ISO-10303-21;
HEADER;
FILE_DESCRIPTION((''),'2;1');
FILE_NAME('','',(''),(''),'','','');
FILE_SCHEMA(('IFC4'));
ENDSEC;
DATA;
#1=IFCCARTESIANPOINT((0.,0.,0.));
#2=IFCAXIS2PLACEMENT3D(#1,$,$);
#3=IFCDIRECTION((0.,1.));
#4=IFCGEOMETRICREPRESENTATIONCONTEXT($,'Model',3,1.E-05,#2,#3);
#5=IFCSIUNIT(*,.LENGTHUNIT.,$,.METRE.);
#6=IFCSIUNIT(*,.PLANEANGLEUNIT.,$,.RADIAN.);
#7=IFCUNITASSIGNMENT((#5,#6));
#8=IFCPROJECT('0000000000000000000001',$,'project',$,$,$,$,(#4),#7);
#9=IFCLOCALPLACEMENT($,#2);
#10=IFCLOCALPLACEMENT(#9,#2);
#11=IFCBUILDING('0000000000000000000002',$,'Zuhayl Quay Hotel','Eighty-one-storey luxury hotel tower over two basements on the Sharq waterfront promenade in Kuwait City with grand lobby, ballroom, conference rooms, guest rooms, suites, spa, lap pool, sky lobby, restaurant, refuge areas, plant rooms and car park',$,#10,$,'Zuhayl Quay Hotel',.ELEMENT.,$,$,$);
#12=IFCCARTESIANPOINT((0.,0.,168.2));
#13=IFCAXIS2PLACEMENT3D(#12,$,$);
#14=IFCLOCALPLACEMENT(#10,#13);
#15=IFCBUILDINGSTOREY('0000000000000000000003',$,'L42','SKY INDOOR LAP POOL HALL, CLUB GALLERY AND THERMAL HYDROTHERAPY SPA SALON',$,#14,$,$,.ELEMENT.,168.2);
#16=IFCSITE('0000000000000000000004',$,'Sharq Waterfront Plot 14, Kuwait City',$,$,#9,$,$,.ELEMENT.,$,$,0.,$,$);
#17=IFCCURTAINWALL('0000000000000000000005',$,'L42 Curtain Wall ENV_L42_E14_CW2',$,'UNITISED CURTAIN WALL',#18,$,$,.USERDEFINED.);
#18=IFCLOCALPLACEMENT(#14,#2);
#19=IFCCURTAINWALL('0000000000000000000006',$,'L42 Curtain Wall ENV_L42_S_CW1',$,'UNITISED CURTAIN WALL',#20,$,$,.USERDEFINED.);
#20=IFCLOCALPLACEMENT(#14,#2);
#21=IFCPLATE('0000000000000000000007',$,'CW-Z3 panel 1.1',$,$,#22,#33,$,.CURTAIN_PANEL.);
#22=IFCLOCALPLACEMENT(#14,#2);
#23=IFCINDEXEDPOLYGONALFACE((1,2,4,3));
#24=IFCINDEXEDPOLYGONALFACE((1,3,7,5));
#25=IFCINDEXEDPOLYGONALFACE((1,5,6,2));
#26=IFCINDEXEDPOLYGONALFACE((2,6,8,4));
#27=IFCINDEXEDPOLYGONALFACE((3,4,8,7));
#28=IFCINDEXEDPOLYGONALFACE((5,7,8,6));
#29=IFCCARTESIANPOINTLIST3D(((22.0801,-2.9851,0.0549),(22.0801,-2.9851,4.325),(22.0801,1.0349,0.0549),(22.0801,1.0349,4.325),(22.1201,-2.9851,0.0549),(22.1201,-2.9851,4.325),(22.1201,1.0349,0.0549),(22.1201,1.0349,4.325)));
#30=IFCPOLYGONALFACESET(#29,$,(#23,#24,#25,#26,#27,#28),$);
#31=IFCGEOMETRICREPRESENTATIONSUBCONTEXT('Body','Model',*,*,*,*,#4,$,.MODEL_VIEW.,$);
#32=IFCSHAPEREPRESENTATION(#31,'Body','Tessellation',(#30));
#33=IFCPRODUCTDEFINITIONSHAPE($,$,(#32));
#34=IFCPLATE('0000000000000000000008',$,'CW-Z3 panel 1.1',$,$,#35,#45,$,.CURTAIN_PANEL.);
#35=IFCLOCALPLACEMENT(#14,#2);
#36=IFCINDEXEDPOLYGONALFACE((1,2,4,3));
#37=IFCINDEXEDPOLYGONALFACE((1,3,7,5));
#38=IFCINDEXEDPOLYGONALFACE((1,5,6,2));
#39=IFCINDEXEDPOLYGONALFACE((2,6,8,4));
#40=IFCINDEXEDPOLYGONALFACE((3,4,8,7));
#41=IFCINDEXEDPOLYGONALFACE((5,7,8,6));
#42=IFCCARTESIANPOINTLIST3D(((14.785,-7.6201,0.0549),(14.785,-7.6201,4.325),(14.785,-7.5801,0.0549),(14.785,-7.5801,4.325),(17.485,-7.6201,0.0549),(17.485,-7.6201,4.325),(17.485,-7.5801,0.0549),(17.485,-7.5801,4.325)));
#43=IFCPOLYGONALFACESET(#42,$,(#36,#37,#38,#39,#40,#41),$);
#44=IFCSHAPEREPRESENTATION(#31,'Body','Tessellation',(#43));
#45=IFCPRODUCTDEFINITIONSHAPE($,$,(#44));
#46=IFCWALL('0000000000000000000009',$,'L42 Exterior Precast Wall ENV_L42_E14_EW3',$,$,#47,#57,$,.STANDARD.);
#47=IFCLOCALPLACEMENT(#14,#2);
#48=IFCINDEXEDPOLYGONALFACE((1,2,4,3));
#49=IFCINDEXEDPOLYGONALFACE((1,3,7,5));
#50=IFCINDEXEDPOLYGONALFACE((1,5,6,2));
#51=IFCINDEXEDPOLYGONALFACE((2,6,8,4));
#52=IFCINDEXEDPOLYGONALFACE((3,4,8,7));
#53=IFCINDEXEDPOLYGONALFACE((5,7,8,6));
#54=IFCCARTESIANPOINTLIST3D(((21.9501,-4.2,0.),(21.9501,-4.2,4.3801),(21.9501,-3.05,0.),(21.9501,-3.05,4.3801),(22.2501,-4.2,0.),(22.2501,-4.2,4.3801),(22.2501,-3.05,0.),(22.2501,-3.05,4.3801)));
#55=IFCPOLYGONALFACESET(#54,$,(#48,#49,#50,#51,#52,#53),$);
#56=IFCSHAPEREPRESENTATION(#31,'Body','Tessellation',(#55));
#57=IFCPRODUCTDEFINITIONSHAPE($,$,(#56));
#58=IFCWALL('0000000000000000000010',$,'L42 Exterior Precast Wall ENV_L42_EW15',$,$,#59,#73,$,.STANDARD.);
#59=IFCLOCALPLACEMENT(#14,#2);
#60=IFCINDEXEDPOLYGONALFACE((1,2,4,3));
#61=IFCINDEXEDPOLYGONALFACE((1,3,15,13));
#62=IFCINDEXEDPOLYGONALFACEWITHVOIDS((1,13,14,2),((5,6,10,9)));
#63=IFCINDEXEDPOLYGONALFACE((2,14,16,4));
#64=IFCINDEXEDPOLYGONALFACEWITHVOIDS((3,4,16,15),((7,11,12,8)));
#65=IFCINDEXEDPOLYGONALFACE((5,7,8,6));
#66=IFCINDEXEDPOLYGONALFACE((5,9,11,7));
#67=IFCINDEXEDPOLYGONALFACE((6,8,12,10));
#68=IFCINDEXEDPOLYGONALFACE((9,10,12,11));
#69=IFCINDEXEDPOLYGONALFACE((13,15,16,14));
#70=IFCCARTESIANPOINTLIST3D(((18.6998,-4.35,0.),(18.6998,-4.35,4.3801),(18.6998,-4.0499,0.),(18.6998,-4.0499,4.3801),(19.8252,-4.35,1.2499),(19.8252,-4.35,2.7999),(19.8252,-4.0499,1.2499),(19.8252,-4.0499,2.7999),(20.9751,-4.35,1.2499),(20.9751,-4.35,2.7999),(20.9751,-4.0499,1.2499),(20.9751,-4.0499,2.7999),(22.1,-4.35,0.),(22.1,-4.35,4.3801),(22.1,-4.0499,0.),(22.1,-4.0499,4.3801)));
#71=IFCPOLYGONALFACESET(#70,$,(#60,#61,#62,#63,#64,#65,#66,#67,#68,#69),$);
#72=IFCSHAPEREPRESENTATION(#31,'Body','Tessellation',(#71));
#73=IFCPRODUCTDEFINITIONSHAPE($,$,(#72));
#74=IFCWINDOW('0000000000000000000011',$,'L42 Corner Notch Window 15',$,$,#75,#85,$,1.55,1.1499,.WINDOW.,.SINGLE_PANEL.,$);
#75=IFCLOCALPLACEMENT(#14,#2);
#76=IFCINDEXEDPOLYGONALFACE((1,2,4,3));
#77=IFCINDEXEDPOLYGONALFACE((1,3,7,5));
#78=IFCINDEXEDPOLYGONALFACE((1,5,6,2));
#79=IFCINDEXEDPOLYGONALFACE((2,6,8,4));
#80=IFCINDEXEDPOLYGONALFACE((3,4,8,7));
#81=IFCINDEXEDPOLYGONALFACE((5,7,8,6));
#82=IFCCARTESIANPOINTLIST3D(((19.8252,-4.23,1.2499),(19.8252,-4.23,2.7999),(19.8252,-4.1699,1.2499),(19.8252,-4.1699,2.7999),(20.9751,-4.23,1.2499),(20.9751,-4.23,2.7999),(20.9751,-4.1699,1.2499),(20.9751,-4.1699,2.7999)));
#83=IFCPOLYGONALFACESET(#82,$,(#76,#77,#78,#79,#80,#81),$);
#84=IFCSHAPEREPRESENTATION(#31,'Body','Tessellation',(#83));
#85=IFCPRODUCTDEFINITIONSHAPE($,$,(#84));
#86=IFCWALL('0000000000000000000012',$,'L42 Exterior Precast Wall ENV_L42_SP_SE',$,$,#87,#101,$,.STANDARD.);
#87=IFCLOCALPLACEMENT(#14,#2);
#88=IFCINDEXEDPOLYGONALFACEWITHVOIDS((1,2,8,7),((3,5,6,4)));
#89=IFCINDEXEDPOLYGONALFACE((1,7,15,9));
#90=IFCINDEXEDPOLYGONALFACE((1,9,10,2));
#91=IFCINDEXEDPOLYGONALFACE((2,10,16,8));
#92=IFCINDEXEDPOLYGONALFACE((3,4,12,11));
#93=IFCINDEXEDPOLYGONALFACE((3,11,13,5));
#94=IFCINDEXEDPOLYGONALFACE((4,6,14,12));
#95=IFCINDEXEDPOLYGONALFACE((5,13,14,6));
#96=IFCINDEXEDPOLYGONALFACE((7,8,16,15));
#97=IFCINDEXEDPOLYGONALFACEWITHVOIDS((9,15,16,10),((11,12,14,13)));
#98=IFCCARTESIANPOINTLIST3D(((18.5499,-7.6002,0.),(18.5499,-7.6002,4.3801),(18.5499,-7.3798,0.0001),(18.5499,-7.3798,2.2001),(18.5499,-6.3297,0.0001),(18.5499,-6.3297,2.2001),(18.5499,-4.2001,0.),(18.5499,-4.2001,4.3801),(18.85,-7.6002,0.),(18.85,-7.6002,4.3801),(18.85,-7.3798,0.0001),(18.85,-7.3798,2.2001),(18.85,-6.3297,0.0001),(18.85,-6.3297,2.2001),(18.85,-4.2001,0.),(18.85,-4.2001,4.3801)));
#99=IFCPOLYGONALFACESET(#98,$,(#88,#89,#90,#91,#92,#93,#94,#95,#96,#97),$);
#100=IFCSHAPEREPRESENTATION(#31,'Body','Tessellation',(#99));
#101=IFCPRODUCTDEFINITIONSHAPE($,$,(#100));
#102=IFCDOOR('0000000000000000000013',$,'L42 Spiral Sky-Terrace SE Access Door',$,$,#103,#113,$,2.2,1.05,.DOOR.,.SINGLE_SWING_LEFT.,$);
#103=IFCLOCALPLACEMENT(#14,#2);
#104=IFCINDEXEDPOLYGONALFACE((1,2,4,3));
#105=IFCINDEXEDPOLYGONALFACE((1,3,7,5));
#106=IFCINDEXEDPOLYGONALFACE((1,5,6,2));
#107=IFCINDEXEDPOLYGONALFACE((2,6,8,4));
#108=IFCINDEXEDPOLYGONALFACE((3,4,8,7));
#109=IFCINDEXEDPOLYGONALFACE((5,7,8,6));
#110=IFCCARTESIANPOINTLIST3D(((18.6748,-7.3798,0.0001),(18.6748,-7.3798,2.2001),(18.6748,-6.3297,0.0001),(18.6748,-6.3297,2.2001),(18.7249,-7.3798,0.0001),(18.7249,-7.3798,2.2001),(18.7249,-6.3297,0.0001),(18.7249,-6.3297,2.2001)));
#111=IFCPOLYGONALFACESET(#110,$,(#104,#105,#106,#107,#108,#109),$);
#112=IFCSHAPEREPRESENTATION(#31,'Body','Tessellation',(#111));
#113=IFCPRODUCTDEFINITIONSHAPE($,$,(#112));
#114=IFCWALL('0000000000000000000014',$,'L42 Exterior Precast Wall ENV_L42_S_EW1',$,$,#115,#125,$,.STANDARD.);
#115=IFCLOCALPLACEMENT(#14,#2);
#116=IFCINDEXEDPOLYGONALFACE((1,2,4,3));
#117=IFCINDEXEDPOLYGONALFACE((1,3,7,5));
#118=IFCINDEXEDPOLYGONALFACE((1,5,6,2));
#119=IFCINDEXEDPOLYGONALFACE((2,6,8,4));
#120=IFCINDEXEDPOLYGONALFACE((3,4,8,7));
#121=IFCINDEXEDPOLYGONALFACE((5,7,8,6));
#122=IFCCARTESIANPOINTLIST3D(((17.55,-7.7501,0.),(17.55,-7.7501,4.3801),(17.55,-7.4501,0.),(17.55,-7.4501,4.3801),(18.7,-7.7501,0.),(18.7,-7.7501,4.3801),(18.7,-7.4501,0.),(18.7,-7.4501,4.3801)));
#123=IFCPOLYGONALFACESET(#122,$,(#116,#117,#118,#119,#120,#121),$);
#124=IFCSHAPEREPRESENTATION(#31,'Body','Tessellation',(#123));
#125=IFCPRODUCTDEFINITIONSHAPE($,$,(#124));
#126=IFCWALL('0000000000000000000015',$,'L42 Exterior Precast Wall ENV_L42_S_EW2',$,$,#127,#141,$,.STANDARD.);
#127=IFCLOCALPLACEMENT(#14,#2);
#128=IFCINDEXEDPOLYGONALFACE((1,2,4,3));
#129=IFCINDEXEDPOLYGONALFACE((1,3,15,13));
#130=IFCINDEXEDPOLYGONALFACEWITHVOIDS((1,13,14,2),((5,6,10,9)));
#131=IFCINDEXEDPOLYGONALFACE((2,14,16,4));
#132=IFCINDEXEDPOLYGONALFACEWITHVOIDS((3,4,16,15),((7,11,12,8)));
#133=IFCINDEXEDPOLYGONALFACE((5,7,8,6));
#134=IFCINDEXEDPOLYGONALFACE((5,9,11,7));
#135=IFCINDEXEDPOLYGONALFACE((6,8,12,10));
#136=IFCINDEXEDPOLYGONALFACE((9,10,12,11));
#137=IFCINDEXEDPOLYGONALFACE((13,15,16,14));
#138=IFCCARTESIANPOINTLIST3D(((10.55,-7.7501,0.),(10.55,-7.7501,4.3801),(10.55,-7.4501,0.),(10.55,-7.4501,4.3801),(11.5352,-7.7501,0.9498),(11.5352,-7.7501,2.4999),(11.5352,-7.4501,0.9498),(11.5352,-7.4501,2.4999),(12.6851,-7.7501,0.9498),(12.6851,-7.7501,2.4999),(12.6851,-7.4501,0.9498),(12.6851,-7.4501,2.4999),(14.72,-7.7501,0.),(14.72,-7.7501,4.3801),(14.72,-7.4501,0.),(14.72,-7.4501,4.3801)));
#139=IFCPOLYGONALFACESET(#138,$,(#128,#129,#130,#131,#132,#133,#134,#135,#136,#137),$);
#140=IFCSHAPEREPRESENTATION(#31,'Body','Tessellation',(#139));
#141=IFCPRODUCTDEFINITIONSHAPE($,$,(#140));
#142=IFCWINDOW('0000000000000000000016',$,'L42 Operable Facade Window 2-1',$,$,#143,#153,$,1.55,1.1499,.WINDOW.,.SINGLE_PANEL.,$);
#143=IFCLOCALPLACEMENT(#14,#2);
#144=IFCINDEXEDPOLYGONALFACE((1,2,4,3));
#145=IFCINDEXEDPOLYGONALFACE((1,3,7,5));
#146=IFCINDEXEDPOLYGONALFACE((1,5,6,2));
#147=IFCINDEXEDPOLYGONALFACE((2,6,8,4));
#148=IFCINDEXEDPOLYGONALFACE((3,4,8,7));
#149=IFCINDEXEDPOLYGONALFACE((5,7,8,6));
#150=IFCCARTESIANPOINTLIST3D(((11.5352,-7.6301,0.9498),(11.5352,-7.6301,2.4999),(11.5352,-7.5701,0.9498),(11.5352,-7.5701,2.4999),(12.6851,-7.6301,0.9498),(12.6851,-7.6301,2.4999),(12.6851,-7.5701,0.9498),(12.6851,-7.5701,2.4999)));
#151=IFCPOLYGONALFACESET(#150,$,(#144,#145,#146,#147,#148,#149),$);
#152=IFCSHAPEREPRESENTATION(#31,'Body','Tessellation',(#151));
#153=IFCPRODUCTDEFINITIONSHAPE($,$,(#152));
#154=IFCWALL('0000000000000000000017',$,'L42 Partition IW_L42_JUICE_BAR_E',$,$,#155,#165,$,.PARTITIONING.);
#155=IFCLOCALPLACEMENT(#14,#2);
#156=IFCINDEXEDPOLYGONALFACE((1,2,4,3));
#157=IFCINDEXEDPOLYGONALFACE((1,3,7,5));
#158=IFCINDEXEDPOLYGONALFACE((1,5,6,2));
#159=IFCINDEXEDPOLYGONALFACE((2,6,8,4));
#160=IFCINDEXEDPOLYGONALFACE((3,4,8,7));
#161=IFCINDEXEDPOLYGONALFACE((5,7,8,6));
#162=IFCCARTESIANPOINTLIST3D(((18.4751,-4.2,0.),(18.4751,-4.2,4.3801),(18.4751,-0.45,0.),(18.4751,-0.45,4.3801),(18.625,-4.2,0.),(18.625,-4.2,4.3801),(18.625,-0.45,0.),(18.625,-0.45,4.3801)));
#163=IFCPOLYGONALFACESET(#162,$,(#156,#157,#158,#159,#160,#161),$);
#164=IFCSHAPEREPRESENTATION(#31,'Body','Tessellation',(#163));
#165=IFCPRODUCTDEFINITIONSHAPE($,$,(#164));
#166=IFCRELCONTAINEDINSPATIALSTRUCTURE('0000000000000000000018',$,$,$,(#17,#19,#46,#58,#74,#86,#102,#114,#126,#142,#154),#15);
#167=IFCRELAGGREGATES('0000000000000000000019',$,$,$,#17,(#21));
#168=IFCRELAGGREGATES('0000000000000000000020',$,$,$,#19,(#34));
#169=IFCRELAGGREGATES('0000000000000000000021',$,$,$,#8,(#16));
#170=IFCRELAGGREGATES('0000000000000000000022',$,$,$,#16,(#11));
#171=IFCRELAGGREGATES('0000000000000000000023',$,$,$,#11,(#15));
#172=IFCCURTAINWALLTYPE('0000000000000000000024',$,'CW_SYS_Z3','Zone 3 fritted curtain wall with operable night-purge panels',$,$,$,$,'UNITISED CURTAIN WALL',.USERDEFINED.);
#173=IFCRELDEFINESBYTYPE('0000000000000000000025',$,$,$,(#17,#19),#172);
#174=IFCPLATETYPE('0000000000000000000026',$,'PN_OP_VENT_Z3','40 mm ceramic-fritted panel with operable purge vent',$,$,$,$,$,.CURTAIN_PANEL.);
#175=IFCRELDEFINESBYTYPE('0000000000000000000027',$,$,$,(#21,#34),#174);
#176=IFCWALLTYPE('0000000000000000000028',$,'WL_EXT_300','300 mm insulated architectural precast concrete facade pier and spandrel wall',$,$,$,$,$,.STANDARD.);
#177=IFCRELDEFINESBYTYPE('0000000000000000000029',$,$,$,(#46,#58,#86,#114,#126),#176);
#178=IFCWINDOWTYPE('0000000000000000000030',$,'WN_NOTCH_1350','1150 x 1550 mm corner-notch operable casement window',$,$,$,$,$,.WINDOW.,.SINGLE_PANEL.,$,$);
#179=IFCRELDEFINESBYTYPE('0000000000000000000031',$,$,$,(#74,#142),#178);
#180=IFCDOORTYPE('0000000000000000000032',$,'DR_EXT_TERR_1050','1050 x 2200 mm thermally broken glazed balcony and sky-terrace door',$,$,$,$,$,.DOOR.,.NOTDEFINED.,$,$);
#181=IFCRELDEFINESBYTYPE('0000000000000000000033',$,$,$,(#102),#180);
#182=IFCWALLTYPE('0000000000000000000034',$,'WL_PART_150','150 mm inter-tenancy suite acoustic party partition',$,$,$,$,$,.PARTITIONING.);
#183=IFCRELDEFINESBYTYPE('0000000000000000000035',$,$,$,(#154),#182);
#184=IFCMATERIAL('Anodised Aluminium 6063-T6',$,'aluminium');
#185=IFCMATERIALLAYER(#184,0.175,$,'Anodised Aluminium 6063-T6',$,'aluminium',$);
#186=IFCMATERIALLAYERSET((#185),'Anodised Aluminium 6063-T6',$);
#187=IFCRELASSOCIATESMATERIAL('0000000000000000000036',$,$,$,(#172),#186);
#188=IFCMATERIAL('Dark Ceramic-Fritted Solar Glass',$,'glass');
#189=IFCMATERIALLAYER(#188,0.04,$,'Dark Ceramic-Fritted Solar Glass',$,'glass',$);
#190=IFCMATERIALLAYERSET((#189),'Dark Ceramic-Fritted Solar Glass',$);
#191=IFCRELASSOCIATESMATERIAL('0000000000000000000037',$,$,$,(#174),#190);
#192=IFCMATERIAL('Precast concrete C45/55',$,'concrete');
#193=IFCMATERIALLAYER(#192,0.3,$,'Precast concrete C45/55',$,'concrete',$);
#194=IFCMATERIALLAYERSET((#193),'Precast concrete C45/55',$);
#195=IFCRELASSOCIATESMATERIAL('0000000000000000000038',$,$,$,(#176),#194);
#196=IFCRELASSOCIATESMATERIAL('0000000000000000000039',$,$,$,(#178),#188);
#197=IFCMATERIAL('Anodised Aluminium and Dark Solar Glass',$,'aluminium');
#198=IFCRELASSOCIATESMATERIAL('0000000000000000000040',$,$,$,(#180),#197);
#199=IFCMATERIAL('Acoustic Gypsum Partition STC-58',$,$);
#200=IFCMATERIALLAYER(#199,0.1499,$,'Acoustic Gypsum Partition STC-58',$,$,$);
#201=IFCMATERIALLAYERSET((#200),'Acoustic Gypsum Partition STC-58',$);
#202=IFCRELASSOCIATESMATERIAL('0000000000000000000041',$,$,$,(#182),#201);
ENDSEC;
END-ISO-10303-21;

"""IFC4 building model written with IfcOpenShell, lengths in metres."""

from ifc_helpers import new_model, si_unit, direction, frame, frame_2d, origin, origin_2d, place, context, subcontext, project, spatial, rectangle, extrude, material, layer, layer_set, type_object, element, fill, aggregate, save


model = new_model("IFC4")

# Units and contexts
model_context = context("Model", 3, precision=1e-05, world=origin(), true_north=direction((0.0, 1.0)))
body_context = subcontext(model_context, "Body", "Model", "MODEL_VIEW")
ifc_project = project(units=[si_unit("LENGTHUNIT", "METRE"), si_unit("PLANEANGLEUNIT", "RADIAN")], contexts=[model_context])

# Site, building, storey
site_placement = place(None, origin())
site = spatial("IfcSite", under=ifc_project, at=site_placement, Name="Sharq Waterfront Plot 14, Kuwait City", CompositionType="ELEMENT", RefElevation=0.0)
building_placement = place(site_placement, origin())
building = spatial("IfcBuilding", under=site, at=building_placement, Name="Zuhayl Quay Hotel", Description="Eighty-one-storey luxury hotel tower over two basements on the Sharq waterfront promenade in Kuwait City with grand lobby, ballroom, conference rooms, guest rooms, suites, spa, lap pool, sky lobby, restaurant, refuge areas, plant rooms and car park", LongName="Zuhayl Quay Hotel", CompositionType="ELEMENT")
storey_placement = place(building_placement, frame((0.0, 0.0, 168.2)))
storey = spatial("IfcBuildingStorey", under=building, at=storey_placement, Name="L42", Description="SKY INDOOR LAP POOL HALL, CLUB GALLERY AND THERMAL HYDROTHERAPY SPA SALON", CompositionType="ELEMENT", Elevation=168.2)

# Curtain wall
ifc_material_1 = material(Name="Anodised Aluminium 6063-T6", Category="aluminium")
ifc_layer_1 = layer(ifc_material_1, 0.175, Name="Anodised Aluminium 6063-T6", Category="aluminium")
ifc_layer_set_1 = layer_set([ifc_layer_1], Name="Anodised Aluminium 6063-T6")
curtain_wall_type = type_object("IfcCurtainWallType", Name="CW_SYS_Z3", Description="Zone 3 fritted curtain wall with operable night-purge panels", ElementType="UNITISED CURTAIN WALL", PredefinedType="USERDEFINED", material=ifc_layer_set_1)
curtain_wall_1_placement = place(storey_placement, origin())
curtain_wall_1 = element("IfcCurtainWall", 1, at=curtain_wall_1_placement, inside=storey, type_object=curtain_wall_type, Name="L42 Curtain Wall ENV_L42_E14_CW2", ObjectType="UNITISED CURTAIN WALL", PredefinedType="USERDEFINED")

# Curtain wall
curtain_wall_2_placement = place(storey_placement, origin())
curtain_wall_2 = element("IfcCurtainWall", 2, at=curtain_wall_2_placement, inside=storey, type_object=curtain_wall_type, Name="L42 Curtain Wall ENV_L42_S_CW1", ObjectType="UNITISED CURTAIN WALL", PredefinedType="USERDEFINED")

# Plates
ifc_material_2 = material(Name="Dark Ceramic-Fritted Solar Glass", Category="glass")
ifc_layer_2 = layer(ifc_material_2, 0.04, Name="Dark Ceramic-Fritted Solar Glass", Category="glass")
ifc_layer_set_2 = layer_set([ifc_layer_2], Name="Dark Ceramic-Fritted Solar Glass")
plate_type = type_object("IfcPlateType", Name="PN_OP_VENT_Z3", Description="40 mm ceramic-fritted panel with operable purge vent", PredefinedType="CURTAIN_PANEL", material=ifc_layer_set_2)
plate_1_placement = place(storey_placement, frame((22.1001, -0.9751, 0.0549), z_axis=(0.0, 0.0, 1.0), x_axis=(0.0, -1.0, 0.0)))
plate_1 = element("IfcPlate", 3, at=plate_1_placement, type_object=plate_type, Name="CW-Z3 panel 1.1", PredefinedType="CURTAIN_PANEL", context=body_context, shape_type="SweptSolid", body=[
    extrude(rectangle(XDim=4.02, YDim=0.04, at=origin_2d()), origin(), (0.0, 0.0, 1.0), 4.27),
])
aggregate(curtain_wall_1, [plate_1])
plate_2_placement = place(storey_placement, frame((16.135, -7.6001, 0.0549), z_axis=(0.0, 0.0, 1.0), x_axis=(-1.0, 0.0, 0.0)))
plate_2 = element("IfcPlate", 4, at=plate_2_placement, type_object=plate_type, Name="CW-Z3 panel 1.1", PredefinedType="CURTAIN_PANEL", context=body_context, shape_type="SweptSolid", body=[
    extrude(rectangle(XDim=2.7, YDim=0.04, at=origin_2d()), origin(), (0.0, 0.0, 1.0), 4.27),
])
aggregate(curtain_wall_2, [plate_2])

# Wall
ifc_material_3 = material(Name="Precast concrete C45/55", Category="concrete")
ifc_layer_3 = layer(ifc_material_3, 0.3, Name="Precast concrete C45/55", Category="concrete")
ifc_layer_set_3 = layer_set([ifc_layer_3], Name="Precast concrete C45/55")
wall_type_1 = type_object("IfcWallType", Name="WL_EXT_300", Description="300 mm insulated architectural precast concrete facade pier and spandrel wall", PredefinedType="STANDARD", material=ifc_layer_set_3)
wall_1_placement = place(storey_placement, frame((22.1001, -3.05, 0.0), z_axis=(0.0, 0.0, 1.0), x_axis=(0.0, -1.0, 0.0)))
element("IfcWall", 5, at=wall_1_placement, inside=storey, type_object=wall_type_1, Name="L42 Exterior Precast Wall ENV_L42_E14_EW3", PredefinedType="STANDARD", context=body_context, shape_type="SweptSolid", body=[
    extrude(rectangle(XDim=1.1499, YDim=0.3, at=frame_2d((0.575, 0.0))), origin(), (0.0, 0.0, 1.0), 4.3801),
])

# Wall, opening, window
wall_2_placement = place(storey_placement, frame((22.1001, -4.2, 0.0), z_axis=(0.0, 0.0, 1.0), x_axis=(-1.0, 0.0, 0.0)))
wall_2 = element("IfcWall", 6, at=wall_2_placement, inside=storey, type_object=wall_type_1, Name="L42 Exterior Precast Wall ENV_L42_EW15", PredefinedType="STANDARD", context=body_context, shape_type="SweptSolid", body=[
    extrude(rectangle(XDim=3.4001, YDim=0.3, at=frame_2d((1.7002, 0.0))), origin(), (0.0, 0.0, 1.0), 4.3801),
])
opening_1_placement = place(wall_2_placement, frame((1.125, 0.0, 1.25)))
opening_1 = element("IfcOpeningElement", 7, at=opening_1_placement, cuts=wall_2, PredefinedType="OPENING", context=body_context, shape_type="SweptSolid", body=[
    extrude(rectangle(XDim=1.1499, YDim=1.55, at=frame_2d((0.575, 0.7749))), frame((0.0, 0.1599, 0.0), z_axis=(0.0, -1.0, 0.0), x_axis=(1.0, 0.0, 0.0)), (0.0, 0.0, 1.0), 0.3201),
])
window_type = type_object("IfcWindowType", Name="WN_NOTCH_1350", Description="1150 x 1550 mm corner-notch operable casement window", PartitioningType="SINGLE_PANEL", PredefinedType="WINDOW", material=ifc_material_2)
window_1_placement = place(opening_1_placement, origin())
window_1 = element("IfcWindow", 8, at=window_1_placement, inside=storey, type_object=window_type, Name="L42 Corner Notch Window 15", OverallHeight=1.55, OverallWidth=1.1499, PartitioningType="SINGLE_PANEL", PredefinedType="WINDOW", context=body_context, shape_type="SweptSolid", body=[
    extrude(rectangle(XDim=1.1499, YDim=1.55, at=frame_2d((0.575, 0.7749))), frame((0.0, 0.03, 0.0), z_axis=(0.0, -1.0, 0.0), x_axis=(1.0, 0.0, 0.0)), (0.0, 0.0, 1.0), 0.0601),
])
fill(opening_1, window_1)

# Wall, opening, door
wall_3_placement = place(storey_placement, frame((18.7, -4.2, 0.0), z_axis=(0.0, 0.0, 1.0), x_axis=(0.0, -1.0, 0.0)))
wall_3 = element("IfcWall", 9, at=wall_3_placement, inside=storey, type_object=wall_type_1, Name="L42 Exterior Precast Wall ENV_L42_SP_SE", PredefinedType="STANDARD", context=body_context, shape_type="SweptSolid", body=[
    extrude(rectangle(XDim=3.4001, YDim=0.3, at=frame_2d((1.7002, 0.0))), origin(), (0.0, 0.0, 1.0), 4.3801),
])
opening_2_placement = place(wall_3_placement, frame((2.1299, 0.0, 0.0)))
opening_2 = element("IfcOpeningElement", 10, at=opening_2_placement, cuts=wall_3, PredefinedType="OPENING", context=body_context, shape_type="SweptSolid", body=[
    extrude(rectangle(XDim=1.05, YDim=2.2, at=frame_2d((0.5249, 1.1001))), frame((0.0, 0.1599, 0.0), z_axis=(0.0, -1.0, 0.0), x_axis=(1.0, 0.0, 0.0)), (0.0, 0.0, 1.0), 0.3201),
])
ifc_material_4 = material(Name="Anodised Aluminium and Dark Solar Glass", Category="aluminium")
door_type = type_object("IfcDoorType", Name="DR_EXT_TERR_1050", Description="1050 x 2200 mm thermally broken glazed balcony and sky-terrace door", OperationType="NOTDEFINED", PredefinedType="DOOR", material=ifc_material_4)
door_placement = place(opening_2_placement, origin())
door = element("IfcDoor", 11, at=door_placement, inside=storey, type_object=door_type, Name="L42 Spiral Sky-Terrace SE Access Door", OperationType="SINGLE_SWING_LEFT", OverallHeight=2.2, OverallWidth=1.05, PredefinedType="DOOR", context=body_context, shape_type="SweptSolid", body=[
    extrude(rectangle(XDim=1.05, YDim=2.2, at=frame_2d((0.5249, 1.1001))), frame((0.0, 0.0249, 0.0), z_axis=(0.0, -1.0, 0.0), x_axis=(1.0, 0.0, 0.0)), (0.0, 0.0, 1.0), 0.05),
])
fill(opening_2, door)

# Wall
wall_4_placement = place(storey_placement, frame((18.7, -7.6001, 0.0), z_axis=(0.0, 0.0, 1.0), x_axis=(-1.0, 0.0, 0.0)))
element("IfcWall", 12, at=wall_4_placement, inside=storey, type_object=wall_type_1, Name="L42 Exterior Precast Wall ENV_L42_S_EW1", PredefinedType="STANDARD", context=body_context, shape_type="SweptSolid", body=[
    extrude(rectangle(XDim=1.1499, YDim=0.3, at=frame_2d((0.575, 0.0))), origin(), (0.0, 0.0, 1.0), 4.3801),
])

# Wall, opening, window
wall_5_placement = place(storey_placement, frame((14.72, -7.6001, 0.0), z_axis=(0.0, 0.0, 1.0), x_axis=(-1.0, 0.0, 0.0)))
wall_5 = element("IfcWall", 13, at=wall_5_placement, inside=storey, type_object=wall_type_1, Name="L42 Exterior Precast Wall ENV_L42_S_EW2", PredefinedType="STANDARD", context=body_context, shape_type="SweptSolid", body=[
    extrude(rectangle(XDim=4.1699, YDim=0.3, at=frame_2d((2.085, 0.0))), origin(), (0.0, 0.0, 1.0), 4.3801),
])
opening_3_placement = place(wall_5_placement, frame((2.0349, 0.0, 0.95)))
opening_3 = element("IfcOpeningElement", 14, at=opening_3_placement, cuts=wall_5, PredefinedType="OPENING", context=body_context, shape_type="SweptSolid", body=[
    extrude(rectangle(XDim=1.1499, YDim=1.55, at=frame_2d((0.575, 0.7749))), frame((0.0, 0.1599, 0.0), z_axis=(0.0, -1.0, 0.0), x_axis=(1.0, 0.0, 0.0)), (0.0, 0.0, 1.0), 0.3201),
])
window_2_placement = place(opening_3_placement, origin())
window_2 = element("IfcWindow", 15, at=window_2_placement, inside=storey, type_object=window_type, Name="L42 Operable Facade Window 2-1", OverallHeight=1.55, OverallWidth=1.1499, PartitioningType="SINGLE_PANEL", PredefinedType="WINDOW", context=body_context, shape_type="SweptSolid", body=[
    extrude(rectangle(XDim=1.1499, YDim=1.55, at=frame_2d((0.575, 0.7749))), frame((0.0, 0.03, 0.0), z_axis=(0.0, -1.0, 0.0), x_axis=(1.0, 0.0, 0.0)), (0.0, 0.0, 1.0), 0.0601),
])
fill(opening_3, window_2)

# Wall
ifc_material_5 = material(Name="Acoustic Gypsum Partition STC-58")
ifc_layer_4 = layer(ifc_material_5, 0.1499, Name="Acoustic Gypsum Partition STC-58")
ifc_layer_set_4 = layer_set([ifc_layer_4], Name="Acoustic Gypsum Partition STC-58")
wall_type_2 = type_object("IfcWallType", Name="WL_PART_150", Description="150 mm inter-tenancy suite acoustic party partition", PredefinedType="PARTITIONING", material=ifc_layer_set_4)
wall_6_placement = place(storey_placement, frame((18.55, -4.2, 0.0), z_axis=(0.0, 0.0, 1.0), x_axis=(0.0, 1.0, 0.0)))
element("IfcWall", 16, at=wall_6_placement, inside=storey, type_object=wall_type_2, Name="L42 Partition IW_L42_JUICE_BAR_E", PredefinedType="PARTITIONING", context=body_context, shape_type="SweptSolid", body=[
    extrude(rectangle(XDim=3.75, YDim=0.1499, at=frame_2d((1.875, 0.0))), origin(), (0.0, 0.0, 1.0), 4.3801),
])

save(model, "model.ifc")
